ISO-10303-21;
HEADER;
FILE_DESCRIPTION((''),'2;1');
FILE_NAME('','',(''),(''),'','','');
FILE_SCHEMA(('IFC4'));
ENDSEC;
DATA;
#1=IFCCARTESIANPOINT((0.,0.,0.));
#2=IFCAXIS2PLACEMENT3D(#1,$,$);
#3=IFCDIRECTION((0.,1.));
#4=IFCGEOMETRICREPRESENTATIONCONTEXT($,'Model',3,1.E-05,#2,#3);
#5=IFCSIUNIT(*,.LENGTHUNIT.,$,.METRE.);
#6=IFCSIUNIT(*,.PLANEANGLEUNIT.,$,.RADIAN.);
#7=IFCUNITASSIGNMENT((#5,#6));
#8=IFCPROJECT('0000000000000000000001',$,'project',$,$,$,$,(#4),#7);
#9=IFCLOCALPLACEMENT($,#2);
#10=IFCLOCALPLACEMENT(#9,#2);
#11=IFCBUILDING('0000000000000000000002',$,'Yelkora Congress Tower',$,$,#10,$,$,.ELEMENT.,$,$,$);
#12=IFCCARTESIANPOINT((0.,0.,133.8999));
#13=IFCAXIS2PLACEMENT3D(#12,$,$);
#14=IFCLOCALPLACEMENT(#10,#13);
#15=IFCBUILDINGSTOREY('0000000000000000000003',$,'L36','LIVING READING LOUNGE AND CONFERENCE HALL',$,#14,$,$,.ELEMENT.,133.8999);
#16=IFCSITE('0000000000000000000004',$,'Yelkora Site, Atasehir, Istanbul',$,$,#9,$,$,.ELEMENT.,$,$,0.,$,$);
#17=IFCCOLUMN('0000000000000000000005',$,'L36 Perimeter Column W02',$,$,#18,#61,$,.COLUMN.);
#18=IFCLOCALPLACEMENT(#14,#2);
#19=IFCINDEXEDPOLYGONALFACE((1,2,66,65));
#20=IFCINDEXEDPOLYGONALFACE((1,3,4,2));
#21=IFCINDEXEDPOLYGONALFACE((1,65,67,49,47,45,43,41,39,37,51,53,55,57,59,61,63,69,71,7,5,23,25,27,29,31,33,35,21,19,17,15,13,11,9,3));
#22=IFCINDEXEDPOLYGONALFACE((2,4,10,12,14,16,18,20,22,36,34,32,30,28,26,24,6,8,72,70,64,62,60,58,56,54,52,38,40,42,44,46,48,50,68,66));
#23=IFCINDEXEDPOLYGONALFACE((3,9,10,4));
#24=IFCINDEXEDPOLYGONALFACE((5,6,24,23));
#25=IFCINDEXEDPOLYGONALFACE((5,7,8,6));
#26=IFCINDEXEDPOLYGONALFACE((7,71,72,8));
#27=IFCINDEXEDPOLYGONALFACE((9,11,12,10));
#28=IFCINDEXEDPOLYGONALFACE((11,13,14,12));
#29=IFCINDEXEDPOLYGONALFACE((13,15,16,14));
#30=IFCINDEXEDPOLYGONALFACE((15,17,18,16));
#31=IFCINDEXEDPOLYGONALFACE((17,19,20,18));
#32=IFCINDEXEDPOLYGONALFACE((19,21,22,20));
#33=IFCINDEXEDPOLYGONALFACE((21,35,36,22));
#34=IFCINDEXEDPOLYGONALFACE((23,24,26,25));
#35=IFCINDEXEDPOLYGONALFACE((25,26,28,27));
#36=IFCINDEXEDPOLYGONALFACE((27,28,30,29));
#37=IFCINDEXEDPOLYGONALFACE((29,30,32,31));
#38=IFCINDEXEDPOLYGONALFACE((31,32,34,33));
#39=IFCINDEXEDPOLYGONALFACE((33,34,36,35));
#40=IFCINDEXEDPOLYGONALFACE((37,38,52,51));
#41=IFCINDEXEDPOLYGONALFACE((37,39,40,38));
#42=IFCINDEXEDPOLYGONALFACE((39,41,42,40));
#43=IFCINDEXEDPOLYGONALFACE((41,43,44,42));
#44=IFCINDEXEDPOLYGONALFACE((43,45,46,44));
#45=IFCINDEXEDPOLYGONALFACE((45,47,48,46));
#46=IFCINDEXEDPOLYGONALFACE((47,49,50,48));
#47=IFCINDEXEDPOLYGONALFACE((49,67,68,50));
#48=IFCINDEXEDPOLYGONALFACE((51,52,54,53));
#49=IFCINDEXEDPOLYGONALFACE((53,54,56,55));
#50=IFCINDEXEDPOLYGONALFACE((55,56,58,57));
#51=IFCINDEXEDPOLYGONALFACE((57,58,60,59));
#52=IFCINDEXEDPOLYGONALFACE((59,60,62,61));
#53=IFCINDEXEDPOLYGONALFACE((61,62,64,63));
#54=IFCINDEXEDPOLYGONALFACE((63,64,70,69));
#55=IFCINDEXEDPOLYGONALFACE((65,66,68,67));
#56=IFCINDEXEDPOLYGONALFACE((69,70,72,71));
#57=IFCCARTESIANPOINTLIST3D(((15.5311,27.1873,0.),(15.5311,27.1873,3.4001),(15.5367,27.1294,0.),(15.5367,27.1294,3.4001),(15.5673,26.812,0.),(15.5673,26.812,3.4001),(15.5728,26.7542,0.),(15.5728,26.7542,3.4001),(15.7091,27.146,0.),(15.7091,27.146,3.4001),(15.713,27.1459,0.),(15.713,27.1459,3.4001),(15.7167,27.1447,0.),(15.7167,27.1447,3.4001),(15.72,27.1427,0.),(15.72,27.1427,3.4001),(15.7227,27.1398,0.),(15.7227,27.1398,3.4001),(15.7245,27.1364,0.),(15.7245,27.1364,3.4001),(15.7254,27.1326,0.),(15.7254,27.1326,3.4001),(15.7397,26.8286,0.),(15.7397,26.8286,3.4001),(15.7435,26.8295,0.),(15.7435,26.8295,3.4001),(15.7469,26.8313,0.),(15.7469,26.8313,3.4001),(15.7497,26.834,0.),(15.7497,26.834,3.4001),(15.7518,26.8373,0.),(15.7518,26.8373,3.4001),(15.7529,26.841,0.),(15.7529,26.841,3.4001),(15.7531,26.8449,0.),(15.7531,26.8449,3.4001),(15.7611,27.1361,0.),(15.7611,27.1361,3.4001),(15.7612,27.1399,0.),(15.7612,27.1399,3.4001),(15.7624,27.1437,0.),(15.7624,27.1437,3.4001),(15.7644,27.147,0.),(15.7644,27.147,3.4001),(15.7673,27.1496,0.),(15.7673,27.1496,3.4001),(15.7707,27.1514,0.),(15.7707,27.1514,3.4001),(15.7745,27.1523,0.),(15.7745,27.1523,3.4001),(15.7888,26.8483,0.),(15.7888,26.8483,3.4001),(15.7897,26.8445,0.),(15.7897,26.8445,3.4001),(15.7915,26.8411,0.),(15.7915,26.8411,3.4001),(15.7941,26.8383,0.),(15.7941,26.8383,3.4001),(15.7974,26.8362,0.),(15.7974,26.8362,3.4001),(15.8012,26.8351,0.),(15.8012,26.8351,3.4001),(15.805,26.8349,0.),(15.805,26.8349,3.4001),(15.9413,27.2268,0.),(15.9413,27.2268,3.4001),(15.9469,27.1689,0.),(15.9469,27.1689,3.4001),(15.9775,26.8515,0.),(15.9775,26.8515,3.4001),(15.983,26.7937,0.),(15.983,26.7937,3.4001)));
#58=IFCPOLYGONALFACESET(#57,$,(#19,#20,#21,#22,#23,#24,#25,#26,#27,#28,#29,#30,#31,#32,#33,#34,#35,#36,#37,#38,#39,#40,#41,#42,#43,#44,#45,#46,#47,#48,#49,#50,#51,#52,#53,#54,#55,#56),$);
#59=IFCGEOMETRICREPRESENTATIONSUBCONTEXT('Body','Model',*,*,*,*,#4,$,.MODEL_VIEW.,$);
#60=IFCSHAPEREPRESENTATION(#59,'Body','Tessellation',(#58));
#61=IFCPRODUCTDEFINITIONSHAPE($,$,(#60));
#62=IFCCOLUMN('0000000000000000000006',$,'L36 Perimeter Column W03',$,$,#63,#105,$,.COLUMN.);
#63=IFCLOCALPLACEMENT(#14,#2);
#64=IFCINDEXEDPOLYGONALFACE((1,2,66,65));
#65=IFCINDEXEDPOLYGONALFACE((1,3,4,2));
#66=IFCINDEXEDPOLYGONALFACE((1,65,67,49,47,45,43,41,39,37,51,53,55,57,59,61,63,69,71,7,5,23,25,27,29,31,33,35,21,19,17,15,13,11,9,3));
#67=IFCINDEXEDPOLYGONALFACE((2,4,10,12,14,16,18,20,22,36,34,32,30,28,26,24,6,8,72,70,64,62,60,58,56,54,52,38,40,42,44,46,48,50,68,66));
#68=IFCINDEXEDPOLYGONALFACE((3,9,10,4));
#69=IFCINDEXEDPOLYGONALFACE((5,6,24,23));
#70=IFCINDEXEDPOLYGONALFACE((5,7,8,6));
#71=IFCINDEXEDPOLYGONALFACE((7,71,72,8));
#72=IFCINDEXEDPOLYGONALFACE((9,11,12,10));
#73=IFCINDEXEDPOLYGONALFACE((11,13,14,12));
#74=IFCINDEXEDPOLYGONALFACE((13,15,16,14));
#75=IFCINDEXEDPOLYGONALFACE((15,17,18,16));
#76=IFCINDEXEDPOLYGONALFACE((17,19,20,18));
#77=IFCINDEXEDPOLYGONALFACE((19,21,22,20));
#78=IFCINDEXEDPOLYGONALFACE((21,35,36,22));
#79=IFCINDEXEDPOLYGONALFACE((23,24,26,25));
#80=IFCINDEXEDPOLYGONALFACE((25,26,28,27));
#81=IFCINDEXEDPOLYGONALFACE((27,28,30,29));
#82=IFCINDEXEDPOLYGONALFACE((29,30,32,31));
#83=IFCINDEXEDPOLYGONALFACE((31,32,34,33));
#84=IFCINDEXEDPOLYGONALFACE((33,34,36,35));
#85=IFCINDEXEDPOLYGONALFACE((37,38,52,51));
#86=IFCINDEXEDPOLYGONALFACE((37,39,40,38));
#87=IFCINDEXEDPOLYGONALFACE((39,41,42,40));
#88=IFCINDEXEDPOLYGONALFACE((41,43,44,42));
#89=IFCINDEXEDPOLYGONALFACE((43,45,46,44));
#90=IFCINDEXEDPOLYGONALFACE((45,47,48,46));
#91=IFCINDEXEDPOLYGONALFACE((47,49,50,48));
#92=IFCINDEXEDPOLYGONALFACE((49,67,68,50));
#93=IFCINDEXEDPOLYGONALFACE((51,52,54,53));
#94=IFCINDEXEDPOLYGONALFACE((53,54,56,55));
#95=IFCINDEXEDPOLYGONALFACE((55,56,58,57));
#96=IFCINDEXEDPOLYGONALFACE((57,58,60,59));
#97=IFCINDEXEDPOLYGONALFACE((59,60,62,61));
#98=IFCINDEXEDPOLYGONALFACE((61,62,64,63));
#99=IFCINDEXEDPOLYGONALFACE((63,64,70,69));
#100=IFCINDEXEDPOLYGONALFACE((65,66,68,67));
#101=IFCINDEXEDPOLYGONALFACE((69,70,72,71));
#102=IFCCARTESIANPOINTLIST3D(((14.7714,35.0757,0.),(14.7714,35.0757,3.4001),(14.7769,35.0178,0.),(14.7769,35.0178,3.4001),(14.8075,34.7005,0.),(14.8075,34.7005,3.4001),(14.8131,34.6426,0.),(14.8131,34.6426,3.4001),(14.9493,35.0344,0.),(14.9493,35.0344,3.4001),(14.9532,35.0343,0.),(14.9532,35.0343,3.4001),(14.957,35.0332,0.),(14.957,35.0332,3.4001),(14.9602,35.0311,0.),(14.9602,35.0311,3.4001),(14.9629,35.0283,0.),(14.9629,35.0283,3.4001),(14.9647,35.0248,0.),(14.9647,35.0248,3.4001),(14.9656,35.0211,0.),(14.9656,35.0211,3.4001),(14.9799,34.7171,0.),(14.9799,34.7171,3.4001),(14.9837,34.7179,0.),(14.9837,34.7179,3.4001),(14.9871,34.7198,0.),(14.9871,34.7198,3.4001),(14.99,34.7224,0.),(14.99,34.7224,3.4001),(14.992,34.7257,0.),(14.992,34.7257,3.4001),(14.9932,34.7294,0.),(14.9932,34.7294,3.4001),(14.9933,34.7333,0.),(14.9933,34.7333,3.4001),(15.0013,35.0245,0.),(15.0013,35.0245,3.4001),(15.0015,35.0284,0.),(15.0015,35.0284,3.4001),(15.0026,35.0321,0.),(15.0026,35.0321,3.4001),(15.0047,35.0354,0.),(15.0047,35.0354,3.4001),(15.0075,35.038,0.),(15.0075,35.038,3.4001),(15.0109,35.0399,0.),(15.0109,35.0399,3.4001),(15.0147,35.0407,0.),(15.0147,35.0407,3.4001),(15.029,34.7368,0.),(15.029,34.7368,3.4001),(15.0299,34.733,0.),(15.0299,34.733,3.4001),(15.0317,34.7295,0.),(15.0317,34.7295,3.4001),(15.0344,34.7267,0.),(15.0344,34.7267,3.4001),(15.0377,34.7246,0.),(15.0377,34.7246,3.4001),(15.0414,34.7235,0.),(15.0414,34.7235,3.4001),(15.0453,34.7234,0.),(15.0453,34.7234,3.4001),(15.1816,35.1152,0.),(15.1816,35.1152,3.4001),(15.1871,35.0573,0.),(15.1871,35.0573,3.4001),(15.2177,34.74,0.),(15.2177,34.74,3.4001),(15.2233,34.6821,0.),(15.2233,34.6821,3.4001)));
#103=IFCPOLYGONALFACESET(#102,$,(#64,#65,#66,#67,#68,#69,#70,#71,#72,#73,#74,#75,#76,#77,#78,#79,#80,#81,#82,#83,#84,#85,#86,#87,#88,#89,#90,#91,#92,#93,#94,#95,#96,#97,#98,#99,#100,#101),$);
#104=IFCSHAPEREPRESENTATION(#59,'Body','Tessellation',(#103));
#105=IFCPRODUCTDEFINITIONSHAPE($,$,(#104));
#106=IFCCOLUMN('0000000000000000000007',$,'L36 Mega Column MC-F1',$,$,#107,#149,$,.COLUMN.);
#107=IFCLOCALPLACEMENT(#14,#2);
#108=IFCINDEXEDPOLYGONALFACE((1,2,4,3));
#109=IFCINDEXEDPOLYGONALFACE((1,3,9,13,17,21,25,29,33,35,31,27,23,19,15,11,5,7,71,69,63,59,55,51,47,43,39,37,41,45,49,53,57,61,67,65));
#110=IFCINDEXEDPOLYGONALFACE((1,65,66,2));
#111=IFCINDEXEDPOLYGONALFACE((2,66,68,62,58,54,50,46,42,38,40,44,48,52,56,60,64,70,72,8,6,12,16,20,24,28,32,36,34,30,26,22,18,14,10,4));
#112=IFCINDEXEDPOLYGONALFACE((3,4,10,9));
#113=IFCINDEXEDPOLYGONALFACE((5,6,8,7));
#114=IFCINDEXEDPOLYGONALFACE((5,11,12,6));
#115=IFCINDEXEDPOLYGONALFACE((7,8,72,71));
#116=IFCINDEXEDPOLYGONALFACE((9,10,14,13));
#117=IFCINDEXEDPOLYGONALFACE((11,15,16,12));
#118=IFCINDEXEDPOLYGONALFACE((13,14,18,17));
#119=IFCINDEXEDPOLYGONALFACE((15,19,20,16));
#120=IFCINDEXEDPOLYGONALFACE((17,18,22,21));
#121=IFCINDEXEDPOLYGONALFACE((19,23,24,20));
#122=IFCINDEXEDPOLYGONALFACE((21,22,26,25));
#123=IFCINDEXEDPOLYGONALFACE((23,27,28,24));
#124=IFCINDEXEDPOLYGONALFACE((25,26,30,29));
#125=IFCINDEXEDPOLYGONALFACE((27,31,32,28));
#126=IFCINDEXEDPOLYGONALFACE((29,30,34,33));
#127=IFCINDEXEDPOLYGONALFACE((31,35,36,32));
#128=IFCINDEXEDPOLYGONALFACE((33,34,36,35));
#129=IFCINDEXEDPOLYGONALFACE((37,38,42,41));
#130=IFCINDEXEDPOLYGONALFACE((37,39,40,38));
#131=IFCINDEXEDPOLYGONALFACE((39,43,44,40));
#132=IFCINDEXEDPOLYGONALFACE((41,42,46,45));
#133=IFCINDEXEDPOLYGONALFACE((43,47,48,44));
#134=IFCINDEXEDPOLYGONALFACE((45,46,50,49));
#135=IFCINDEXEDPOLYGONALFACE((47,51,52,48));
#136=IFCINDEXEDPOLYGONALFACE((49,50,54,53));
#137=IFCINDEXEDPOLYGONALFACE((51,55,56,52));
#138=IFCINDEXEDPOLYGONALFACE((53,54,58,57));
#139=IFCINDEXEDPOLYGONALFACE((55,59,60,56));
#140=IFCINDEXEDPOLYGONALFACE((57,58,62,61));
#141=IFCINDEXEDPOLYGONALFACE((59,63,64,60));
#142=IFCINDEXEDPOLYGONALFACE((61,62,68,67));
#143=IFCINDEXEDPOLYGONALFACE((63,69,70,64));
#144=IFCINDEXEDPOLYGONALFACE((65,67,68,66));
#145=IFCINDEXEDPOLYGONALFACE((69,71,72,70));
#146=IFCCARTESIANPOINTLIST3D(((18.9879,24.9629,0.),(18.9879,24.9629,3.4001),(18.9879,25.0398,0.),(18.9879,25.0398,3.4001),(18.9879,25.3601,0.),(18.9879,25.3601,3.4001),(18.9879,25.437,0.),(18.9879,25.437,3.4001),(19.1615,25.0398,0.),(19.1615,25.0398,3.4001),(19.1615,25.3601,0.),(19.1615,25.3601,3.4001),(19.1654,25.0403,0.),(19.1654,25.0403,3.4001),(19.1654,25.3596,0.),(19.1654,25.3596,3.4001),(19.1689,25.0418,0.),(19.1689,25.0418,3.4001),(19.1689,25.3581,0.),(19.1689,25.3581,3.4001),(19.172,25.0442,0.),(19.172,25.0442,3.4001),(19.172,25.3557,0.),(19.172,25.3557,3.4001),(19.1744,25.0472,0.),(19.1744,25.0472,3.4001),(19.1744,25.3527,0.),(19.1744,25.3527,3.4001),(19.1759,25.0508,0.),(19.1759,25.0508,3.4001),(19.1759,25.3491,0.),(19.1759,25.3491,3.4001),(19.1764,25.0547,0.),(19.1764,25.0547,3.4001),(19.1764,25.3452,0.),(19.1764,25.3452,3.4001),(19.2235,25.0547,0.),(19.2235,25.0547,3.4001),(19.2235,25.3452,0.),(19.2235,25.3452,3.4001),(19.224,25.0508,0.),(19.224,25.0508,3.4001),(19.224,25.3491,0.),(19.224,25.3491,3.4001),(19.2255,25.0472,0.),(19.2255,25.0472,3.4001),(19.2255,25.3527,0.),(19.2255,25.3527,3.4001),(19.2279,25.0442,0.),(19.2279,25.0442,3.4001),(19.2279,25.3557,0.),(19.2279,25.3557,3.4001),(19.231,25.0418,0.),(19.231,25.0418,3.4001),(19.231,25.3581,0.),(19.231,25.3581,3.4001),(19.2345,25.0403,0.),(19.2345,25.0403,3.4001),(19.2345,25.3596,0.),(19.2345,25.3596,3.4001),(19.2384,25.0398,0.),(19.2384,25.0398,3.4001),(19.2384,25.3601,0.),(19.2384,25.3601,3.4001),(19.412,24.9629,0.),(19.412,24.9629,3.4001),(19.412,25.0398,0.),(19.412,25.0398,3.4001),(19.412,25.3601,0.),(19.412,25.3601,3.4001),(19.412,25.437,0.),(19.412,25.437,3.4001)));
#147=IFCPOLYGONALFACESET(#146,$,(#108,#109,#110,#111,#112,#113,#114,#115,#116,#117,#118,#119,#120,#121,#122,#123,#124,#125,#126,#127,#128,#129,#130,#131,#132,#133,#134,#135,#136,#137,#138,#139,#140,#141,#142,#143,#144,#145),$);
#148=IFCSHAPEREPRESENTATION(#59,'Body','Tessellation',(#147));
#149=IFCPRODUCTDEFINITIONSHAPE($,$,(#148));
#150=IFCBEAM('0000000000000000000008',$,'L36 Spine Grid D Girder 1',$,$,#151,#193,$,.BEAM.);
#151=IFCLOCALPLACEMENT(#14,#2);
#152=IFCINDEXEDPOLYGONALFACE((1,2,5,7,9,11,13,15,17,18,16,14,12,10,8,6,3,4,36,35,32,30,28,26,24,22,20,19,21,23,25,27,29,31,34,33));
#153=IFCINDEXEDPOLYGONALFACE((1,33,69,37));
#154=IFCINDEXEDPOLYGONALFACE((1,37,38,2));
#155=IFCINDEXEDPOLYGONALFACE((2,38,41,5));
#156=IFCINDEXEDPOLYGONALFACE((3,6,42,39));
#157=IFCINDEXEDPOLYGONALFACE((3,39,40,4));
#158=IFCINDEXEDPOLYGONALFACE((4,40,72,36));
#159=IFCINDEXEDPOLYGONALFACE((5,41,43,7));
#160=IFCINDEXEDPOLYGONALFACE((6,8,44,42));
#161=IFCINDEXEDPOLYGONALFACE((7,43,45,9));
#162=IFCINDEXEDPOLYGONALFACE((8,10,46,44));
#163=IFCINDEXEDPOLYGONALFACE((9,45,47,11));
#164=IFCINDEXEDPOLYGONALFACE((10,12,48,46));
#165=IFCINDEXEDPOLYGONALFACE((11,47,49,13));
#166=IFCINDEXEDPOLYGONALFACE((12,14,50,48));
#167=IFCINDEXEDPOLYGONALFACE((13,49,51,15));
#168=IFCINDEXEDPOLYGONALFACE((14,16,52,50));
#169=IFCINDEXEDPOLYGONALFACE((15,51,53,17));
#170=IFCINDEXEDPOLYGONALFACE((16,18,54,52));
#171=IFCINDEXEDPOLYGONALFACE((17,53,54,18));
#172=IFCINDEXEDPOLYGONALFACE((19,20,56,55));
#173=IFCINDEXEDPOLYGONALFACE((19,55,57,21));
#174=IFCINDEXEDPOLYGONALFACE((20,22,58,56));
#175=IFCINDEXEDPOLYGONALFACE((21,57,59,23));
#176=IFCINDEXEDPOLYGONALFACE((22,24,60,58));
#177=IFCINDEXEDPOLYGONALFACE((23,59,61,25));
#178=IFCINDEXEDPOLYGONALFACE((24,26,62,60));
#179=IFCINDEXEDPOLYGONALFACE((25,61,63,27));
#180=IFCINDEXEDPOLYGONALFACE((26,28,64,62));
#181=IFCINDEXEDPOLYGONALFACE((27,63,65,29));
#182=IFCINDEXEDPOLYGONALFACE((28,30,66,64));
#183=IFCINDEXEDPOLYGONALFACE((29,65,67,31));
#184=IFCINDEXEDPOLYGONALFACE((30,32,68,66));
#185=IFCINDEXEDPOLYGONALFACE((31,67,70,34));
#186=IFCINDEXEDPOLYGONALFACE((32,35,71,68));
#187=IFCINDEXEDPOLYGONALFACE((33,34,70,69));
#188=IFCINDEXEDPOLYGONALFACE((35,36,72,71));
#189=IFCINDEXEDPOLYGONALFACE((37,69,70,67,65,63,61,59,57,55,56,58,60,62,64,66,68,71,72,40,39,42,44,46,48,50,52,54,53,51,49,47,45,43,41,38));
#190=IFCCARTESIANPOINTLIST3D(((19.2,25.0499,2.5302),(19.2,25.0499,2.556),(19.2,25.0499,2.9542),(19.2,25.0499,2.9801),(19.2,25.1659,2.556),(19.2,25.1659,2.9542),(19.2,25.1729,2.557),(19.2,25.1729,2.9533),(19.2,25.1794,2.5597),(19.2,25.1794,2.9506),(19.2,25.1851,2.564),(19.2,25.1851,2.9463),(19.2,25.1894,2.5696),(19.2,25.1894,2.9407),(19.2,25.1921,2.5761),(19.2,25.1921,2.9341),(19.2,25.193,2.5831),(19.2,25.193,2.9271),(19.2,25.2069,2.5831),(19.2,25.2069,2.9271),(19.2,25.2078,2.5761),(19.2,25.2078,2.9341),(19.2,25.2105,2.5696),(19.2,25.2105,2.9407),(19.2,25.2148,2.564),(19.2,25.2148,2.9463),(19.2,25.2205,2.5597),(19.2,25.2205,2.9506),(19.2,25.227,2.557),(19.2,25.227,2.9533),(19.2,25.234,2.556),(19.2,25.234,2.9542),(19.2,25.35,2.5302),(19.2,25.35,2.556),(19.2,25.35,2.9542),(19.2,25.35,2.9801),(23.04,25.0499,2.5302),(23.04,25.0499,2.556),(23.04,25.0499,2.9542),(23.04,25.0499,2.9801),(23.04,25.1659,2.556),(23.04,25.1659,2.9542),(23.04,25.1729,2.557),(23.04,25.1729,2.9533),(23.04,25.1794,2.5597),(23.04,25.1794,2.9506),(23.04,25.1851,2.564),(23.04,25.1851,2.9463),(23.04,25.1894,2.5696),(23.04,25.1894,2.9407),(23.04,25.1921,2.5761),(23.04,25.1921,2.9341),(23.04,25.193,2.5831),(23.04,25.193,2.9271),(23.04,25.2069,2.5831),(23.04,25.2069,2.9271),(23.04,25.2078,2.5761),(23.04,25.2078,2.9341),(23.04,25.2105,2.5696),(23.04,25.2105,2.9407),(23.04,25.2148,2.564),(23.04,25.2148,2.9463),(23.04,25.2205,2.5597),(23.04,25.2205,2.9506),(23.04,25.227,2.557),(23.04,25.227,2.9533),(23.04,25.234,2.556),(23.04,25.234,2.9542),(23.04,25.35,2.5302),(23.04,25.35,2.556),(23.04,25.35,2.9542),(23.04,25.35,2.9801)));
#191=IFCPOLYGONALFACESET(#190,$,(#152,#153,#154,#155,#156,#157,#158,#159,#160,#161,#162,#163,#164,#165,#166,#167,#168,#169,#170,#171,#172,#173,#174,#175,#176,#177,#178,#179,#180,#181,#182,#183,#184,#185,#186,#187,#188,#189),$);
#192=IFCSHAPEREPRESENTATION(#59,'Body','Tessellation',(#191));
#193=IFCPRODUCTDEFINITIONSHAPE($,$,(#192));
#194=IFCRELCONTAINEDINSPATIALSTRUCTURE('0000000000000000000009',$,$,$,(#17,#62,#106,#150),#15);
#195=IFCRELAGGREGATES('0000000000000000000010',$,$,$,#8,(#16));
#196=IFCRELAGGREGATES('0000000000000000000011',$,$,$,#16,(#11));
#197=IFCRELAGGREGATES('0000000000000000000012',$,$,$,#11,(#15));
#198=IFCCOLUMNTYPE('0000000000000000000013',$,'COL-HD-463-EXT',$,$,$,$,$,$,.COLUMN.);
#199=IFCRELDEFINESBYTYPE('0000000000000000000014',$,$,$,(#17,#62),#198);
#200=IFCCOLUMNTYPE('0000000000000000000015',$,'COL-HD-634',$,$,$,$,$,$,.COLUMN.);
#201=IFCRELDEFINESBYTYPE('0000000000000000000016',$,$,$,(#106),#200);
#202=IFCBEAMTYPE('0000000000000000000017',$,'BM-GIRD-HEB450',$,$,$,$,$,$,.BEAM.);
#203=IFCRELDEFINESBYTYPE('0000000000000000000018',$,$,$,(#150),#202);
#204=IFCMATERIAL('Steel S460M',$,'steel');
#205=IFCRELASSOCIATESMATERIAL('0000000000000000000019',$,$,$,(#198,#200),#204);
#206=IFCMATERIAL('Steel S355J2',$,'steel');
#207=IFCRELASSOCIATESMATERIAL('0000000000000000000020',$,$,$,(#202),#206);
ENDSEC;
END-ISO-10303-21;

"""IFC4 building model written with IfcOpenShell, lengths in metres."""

from ifc_helpers import new_model, si_unit, direction, frame, origin, origin_2d, place, context, subcontext, project, spatial, i_section, extrude, material, material_profile, profile_set, type_object, element, save


model = new_model("IFC4")

# Units and contexts
model_context = context("Model", 3, precision=1e-05, world=origin(), true_north=direction((0.0, 1.0)))
body_context = subcontext(model_context, "Body", "Model", "MODEL_VIEW")
ifc_project = project(units=[si_unit("LENGTHUNIT", "METRE"), si_unit("PLANEANGLEUNIT", "RADIAN")], contexts=[model_context])

# Site, building, storey
site_placement = place(None, origin())
site = spatial("IfcSite", under=ifc_project, at=site_placement, Name="Yelkora Site, Atasehir, Istanbul", CompositionType="ELEMENT", RefElevation=0.0)
building_placement = place(site_placement, origin())
building = spatial("IfcBuilding", under=site, at=building_placement, Name="Yelkora Congress Tower", CompositionType="ELEMENT")
storey_placement = place(building_placement, frame((0.0, 0.0, 133.8999)))
storey = spatial("IfcBuildingStorey", under=building, at=storey_placement, Name="L36", Description="LIVING READING LOUNGE AND CONFERENCE HALL", CompositionType="ELEMENT", Elevation=133.8999)

# Columns
ifc_material_1 = material(Name="Steel S460M", Category="steel")
ifc_material_profile_1 = material_profile(ifc_material_1, i_section(OverallWidth=0.4121, OverallDepth=0.4351, WebThickness=0.0359, FlangeThickness=0.0581, FilletRadius=0.0149, at=origin_2d()), Name="HD 400x463")
ifc_profile_set_1 = profile_set([ifc_material_profile_1], Name="Steel S460M")
column_type_1 = type_object("IfcColumnType", Name="COL-HD-463-EXT", PredefinedType="COLUMN", material=ifc_profile_set_1)
for number, where, z_axis, x_axis, name in (
    (1, (15.7571, 26.9905, 0.0), (0.0, 0.0, 1.0), (0.995396, 0.095846, 0.0), "L36 Perimeter Column W02"),
    (2, (14.9973, 34.8789, 0.0), (0.0, 0.0, 1.0), (0.995396, 0.095846, 0.0), "L36 Perimeter Column W03"),
):
    element("IfcColumn", number, at=place(storey_placement, frame(where, z_axis=z_axis, x_axis=x_axis)), inside=storey, type_object=column_type_1, Name=name, PredefinedType="COLUMN", context=body_context, shape_type="SweptSolid", body=[
        extrude(i_section(OverallWidth=0.4121, OverallDepth=0.4351, WebThickness=0.0359, FlangeThickness=0.0581, FilletRadius=0.0149, at=origin_2d()), origin(), (0.0, 0.0, 1.0), 3.4001),
    ])
ifc_material_profile_2 = material_profile(ifc_material_1, i_section(OverallWidth=0.4241, OverallDepth=0.4741, WebThickness=0.0471, FlangeThickness=0.0769, FilletRadius=0.0149, at=origin_2d()), Name="HD 400x634")
ifc_profile_set_2 = profile_set([ifc_material_profile_2], Name="Steel S460M")
column_type_2 = type_object("IfcColumnType", Name="COL-HD-634", PredefinedType="COLUMN", material=ifc_profile_set_2)
column_placement = place(storey_placement, frame((19.2, 25.2, 0.0), z_axis=(0.0, 0.0, 1.0), x_axis=(1.0, 0.0, 0.0)))
element("IfcColumn", 3, at=column_placement, inside=storey, type_object=column_type_2, Name="L36 Mega Column MC-F1", PredefinedType="COLUMN", context=body_context, shape_type="SweptSolid", body=[
    extrude(i_section(OverallWidth=0.4241, OverallDepth=0.4741, WebThickness=0.0471, FlangeThickness=0.0769, FilletRadius=0.0149, at=origin_2d()), origin(), (0.0, 0.0, 1.0), 3.4001),
])

# Beam
ifc_material_2 = material(Name="Steel S355J2", Category="steel")
ifc_material_profile_3 = material_profile(ifc_material_2, i_section(OverallWidth=0.3, OverallDepth=0.45, WebThickness=0.0139, FlangeThickness=0.0259, FilletRadius=0.0271, at=origin_2d()), Name="HEB 450")
ifc_profile_set_3 = profile_set([ifc_material_profile_3], Name="Steel S355J2")
beam_type_1 = type_object("IfcBeamType", Name="BM-GIRD-HEB450", PredefinedType="BEAM", material=ifc_profile_set_3)
beam_1_placement = place(storey_placement, frame((19.2, 25.2, 2.7551), z_axis=(1.0, 0.0, 0.0), x_axis=(0.0, 1.0, 0.0)))
element("IfcBeam", 4, at=beam_1_placement, inside=storey, type_object=beam_type_1, Name="L36 Spine Grid D Girder 1", PredefinedType="BEAM", context=body_context, shape_type="SweptSolid", body=[
    extrude(i_section(OverallWidth=0.3, OverallDepth=0.45, WebThickness=0.0139, FlangeThickness=0.0259, FilletRadius=0.0271, at=origin_2d()), origin(), (0.0, 0.0, 1.0), 3.8401),
])

save(model, "model.ifc")
